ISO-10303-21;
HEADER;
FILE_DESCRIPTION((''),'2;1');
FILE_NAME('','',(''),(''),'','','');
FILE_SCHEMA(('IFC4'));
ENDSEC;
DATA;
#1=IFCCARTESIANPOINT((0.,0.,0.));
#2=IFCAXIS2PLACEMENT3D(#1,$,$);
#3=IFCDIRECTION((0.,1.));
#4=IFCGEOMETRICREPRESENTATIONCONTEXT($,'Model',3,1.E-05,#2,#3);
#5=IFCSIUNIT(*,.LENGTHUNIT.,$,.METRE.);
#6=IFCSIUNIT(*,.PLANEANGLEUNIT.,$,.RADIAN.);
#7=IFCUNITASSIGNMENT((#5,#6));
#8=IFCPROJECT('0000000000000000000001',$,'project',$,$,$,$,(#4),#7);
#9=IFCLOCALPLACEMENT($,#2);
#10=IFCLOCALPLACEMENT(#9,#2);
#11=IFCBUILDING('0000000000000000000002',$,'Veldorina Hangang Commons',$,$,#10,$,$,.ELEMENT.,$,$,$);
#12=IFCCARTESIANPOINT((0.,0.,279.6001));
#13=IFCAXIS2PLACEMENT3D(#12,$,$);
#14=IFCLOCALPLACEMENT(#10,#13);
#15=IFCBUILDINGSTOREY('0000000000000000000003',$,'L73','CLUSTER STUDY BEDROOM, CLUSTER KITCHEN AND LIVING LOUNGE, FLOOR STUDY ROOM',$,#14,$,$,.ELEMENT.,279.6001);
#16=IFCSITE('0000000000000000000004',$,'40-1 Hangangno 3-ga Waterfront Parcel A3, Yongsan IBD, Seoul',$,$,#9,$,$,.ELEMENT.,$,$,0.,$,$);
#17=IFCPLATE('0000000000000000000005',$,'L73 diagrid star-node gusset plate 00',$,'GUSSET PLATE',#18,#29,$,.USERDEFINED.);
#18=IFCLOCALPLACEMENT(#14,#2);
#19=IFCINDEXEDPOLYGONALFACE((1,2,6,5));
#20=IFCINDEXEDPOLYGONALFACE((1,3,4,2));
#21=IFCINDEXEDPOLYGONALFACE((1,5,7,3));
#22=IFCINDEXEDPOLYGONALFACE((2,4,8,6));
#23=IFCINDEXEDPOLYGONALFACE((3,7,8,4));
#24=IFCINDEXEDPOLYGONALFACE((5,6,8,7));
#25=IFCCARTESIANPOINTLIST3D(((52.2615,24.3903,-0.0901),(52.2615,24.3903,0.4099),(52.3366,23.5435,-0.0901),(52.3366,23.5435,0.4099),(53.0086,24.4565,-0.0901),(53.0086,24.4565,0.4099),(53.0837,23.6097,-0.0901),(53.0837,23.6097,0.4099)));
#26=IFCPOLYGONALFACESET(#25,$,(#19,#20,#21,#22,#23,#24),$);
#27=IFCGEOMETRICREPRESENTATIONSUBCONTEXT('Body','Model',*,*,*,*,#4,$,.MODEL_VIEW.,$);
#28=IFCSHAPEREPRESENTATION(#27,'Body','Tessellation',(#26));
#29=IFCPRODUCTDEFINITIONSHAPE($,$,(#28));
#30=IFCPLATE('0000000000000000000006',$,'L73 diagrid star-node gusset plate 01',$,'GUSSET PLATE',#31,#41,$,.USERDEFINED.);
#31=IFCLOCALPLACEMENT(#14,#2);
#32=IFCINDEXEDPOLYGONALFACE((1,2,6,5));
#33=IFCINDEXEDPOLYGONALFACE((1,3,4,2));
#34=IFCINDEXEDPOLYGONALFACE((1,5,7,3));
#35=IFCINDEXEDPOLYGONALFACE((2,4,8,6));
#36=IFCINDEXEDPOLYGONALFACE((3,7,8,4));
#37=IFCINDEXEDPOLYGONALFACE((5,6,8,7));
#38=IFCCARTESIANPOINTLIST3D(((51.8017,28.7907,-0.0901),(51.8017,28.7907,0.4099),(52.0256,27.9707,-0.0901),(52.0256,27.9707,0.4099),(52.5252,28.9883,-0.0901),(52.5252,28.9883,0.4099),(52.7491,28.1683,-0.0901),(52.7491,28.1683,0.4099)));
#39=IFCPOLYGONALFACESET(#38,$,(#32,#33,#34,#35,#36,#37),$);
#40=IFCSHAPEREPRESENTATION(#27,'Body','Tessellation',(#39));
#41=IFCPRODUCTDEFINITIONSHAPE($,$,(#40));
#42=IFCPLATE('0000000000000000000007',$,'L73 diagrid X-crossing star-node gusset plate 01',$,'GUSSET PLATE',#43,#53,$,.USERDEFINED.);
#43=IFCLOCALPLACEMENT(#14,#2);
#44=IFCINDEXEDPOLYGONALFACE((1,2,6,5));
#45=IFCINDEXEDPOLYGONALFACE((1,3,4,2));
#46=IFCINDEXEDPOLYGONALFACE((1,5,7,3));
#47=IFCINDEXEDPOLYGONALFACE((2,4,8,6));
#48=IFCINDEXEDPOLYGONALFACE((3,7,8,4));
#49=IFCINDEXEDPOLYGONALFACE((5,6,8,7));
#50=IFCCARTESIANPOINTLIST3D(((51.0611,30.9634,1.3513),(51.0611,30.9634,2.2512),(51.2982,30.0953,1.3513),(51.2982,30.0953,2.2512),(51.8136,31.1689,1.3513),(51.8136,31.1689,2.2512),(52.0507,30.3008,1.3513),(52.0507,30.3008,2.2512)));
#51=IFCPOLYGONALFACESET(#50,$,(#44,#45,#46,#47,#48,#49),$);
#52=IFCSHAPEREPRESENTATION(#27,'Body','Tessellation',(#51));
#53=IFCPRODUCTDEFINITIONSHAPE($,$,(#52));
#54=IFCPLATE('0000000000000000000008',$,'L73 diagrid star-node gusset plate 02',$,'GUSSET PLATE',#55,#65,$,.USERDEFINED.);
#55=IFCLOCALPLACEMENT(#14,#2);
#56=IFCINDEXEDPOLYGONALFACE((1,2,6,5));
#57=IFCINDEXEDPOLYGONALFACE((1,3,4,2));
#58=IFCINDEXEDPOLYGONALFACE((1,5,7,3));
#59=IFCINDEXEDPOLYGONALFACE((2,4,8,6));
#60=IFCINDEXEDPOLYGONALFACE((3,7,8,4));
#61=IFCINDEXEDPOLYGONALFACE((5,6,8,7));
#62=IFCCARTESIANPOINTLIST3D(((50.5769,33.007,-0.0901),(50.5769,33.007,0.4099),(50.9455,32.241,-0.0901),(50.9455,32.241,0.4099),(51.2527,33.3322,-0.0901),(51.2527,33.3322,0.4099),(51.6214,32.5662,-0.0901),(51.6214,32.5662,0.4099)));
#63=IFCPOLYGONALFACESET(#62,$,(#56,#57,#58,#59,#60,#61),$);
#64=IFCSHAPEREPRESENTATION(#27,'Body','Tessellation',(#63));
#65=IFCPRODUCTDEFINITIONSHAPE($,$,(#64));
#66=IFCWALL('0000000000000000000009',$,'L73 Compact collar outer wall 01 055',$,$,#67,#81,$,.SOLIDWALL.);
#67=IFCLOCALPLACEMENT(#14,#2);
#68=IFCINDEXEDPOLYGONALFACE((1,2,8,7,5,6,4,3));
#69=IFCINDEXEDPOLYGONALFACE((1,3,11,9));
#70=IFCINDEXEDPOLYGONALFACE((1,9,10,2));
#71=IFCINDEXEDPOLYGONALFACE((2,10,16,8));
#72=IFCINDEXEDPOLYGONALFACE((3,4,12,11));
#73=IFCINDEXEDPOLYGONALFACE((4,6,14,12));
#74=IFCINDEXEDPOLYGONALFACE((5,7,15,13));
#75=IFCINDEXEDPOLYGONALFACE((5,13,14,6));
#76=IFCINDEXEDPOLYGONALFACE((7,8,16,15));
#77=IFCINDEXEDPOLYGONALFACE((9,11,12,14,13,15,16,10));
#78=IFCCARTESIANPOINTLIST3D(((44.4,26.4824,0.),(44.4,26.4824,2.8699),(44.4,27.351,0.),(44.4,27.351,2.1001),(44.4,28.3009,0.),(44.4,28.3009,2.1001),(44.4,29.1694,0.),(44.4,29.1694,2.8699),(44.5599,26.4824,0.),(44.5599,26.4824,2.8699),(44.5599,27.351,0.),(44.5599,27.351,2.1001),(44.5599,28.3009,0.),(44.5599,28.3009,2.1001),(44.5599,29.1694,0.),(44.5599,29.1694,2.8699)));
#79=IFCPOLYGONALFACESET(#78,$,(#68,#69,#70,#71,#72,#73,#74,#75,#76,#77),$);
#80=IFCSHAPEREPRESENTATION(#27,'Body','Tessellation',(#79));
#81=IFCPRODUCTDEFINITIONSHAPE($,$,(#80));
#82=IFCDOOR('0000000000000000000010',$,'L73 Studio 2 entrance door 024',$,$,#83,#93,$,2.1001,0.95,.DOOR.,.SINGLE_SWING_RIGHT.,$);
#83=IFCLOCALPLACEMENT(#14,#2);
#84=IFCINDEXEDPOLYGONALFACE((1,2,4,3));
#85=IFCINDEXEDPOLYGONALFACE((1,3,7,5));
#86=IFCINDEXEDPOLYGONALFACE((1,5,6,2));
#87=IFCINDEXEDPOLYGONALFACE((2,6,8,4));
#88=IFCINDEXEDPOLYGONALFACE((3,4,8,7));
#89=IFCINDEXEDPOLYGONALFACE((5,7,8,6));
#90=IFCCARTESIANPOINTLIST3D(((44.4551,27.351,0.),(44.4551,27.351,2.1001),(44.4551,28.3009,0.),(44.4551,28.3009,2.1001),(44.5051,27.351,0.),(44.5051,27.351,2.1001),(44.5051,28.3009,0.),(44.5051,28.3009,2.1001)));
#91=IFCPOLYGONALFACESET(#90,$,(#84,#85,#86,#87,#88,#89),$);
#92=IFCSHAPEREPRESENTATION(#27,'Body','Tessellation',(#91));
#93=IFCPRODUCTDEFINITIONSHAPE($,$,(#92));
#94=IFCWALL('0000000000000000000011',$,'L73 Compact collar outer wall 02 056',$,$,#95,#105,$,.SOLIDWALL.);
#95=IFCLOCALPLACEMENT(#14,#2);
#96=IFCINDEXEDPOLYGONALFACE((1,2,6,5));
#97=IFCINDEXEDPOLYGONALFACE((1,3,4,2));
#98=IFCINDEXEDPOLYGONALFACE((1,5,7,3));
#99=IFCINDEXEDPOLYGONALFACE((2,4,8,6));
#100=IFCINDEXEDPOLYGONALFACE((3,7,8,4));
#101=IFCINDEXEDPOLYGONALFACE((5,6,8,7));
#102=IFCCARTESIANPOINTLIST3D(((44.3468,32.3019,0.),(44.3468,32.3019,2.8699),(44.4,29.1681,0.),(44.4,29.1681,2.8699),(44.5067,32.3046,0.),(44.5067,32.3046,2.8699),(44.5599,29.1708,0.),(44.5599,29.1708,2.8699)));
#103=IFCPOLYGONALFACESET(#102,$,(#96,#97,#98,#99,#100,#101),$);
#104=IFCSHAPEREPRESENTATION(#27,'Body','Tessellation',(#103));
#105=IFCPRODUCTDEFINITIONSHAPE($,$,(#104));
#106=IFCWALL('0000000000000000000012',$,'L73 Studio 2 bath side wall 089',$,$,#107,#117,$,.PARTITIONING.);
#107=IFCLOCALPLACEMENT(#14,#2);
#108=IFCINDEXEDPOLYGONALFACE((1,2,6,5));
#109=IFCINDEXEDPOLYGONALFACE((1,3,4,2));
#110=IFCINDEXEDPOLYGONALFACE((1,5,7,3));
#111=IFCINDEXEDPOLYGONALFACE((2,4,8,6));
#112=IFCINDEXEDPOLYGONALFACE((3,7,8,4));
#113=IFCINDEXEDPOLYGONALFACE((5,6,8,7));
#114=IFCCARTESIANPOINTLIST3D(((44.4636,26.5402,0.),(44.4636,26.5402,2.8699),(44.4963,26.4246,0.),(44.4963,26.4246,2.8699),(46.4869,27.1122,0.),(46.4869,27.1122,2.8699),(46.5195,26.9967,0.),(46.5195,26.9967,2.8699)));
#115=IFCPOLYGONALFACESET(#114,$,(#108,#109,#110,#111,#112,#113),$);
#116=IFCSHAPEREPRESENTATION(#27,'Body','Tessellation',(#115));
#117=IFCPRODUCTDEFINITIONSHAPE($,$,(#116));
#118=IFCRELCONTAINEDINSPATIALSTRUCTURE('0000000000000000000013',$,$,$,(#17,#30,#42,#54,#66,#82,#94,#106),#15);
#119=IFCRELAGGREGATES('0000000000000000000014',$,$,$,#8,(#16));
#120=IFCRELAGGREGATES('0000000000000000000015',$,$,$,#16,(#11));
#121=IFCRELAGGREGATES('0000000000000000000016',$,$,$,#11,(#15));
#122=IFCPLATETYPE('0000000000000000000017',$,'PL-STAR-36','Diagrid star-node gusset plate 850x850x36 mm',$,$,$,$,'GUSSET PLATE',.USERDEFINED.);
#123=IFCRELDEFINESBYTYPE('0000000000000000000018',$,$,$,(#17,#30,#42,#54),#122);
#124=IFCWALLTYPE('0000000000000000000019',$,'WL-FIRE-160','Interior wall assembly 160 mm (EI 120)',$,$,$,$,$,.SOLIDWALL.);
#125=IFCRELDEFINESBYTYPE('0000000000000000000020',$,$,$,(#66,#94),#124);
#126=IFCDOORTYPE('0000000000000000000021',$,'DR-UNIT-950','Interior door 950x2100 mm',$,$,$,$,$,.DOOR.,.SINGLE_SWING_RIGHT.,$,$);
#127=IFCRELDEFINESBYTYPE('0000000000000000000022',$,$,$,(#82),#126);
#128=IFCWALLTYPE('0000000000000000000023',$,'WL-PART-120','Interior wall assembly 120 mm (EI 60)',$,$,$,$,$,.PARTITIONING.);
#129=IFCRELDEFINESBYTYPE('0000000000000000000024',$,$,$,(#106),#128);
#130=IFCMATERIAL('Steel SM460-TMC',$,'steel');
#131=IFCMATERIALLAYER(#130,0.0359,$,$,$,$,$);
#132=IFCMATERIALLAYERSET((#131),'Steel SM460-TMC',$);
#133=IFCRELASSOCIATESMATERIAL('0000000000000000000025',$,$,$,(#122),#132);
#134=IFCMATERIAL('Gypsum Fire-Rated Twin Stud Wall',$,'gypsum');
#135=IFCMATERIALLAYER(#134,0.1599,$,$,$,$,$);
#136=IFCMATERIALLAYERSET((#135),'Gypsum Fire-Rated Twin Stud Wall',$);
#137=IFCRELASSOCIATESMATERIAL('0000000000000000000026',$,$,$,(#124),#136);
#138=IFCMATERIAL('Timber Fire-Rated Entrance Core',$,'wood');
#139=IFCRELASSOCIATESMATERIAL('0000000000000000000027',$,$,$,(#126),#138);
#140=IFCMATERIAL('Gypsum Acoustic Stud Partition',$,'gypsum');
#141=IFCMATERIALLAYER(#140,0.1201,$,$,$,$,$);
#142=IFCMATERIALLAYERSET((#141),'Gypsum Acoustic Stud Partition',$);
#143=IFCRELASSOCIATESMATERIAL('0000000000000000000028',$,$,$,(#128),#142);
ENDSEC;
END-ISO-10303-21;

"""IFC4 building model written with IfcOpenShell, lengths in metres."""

from ifc_helpers import new_model, si_unit, direction, frame, frame_2d, origin, origin_2d, place, context, subcontext, project, spatial, rectangle, extrude, material, layer, layer_set, type_object, element, fill, save


model = new_model("IFC4")

# Units and contexts
model_context = context("Model", 3, precision=1e-05, world=origin(), true_north=direction((0.0, 1.0)))
body_context = subcontext(model_context, "Body", "Model", "MODEL_VIEW")
ifc_project = project(units=[si_unit("LENGTHUNIT", "METRE"), si_unit("PLANEANGLEUNIT", "RADIAN")], contexts=[model_context])

# Site, building, storey
site_placement = place(None, origin())
site = spatial("IfcSite", under=ifc_project, at=site_placement, Name="40-1 Hangangno 3-ga Waterfront Parcel A3, Yongsan IBD, Seoul", CompositionType="ELEMENT", RefElevation=0.0)
building_placement = place(site_placement, origin())
building = spatial("IfcBuilding", under=site, at=building_placement, Name="Veldorina Hangang Commons", CompositionType="ELEMENT")
storey_placement = place(building_placement, frame((0.0, 0.0, 279.6001)))
storey = spatial("IfcBuildingStorey", under=building, at=storey_placement, Name="L73", Description="CLUSTER STUDY BEDROOM, CLUSTER KITCHEN AND LIVING LOUNGE, FLOOR STUDY ROOM", CompositionType="ELEMENT", Elevation=279.6001)

# Plates
ifc_material_1 = material(Name="Steel SM460-TMC", Category="steel")
ifc_layer_1 = layer(ifc_material_1, 0.0359)
ifc_layer_set_1 = layer_set([ifc_layer_1], Name="Steel SM460-TMC")
plate_type_1 = type_object("IfcPlateType", Name="PL-STAR-36", Description="Diagrid star-node gusset plate 850x850x36 mm", ElementType="GUSSET PLATE", PredefinedType="USERDEFINED", material=ifc_layer_set_1)
for number, where, z_axis, x_axis, name in (
    (1, (52.6726, 24.0, -0.0901), (0.0, 0.0, 1.0), (-0.088321, 0.996092, 0.0), "L73 diagrid star-node gusset plate 00"),
    (2, (52.2754, 28.4795, -0.0901), (0.0, 0.0, 1.0), (-0.263469, 0.964668, 0.0), "L73 diagrid star-node gusset plate 01"),
):
    element("IfcPlate", number, at=place(storey_placement, frame(where, z_axis=z_axis, x_axis=x_axis)), inside=storey, type_object=plate_type_1, Name=name, ObjectType="GUSSET PLATE", PredefinedType="USERDEFINED", context=body_context, shape_type="SweptSolid", body=[
        extrude(rectangle(XDim=0.8501, YDim=0.75, at=origin_2d()), origin(), (0.0, 0.0, 1.0), 0.5),
    ])
plate_1_placement = place(storey_placement, frame((51.5559, 30.6321, 1.3513), z_axis=(0.0, 0.0, 1.0), x_axis=(-0.263469, 0.964668, 0.0)))
element("IfcPlate", 3, at=plate_1_placement, inside=storey, type_object=plate_type_1, Name="L73 diagrid X-crossing star-node gusset plate 01", ObjectType="GUSSET PLATE", PredefinedType="USERDEFINED", context=body_context, shape_type="SweptSolid", body=[
    extrude(rectangle(XDim=0.8999, YDim=0.78, at=origin_2d()), origin(), (0.0, 0.0, 1.0), 0.8999),
])
plate_2_placement = place(storey_placement, frame((51.0991, 32.7866, -0.0901), z_axis=(0.0, 0.0, 1.0), x_axis=(-0.433659, 0.901077, 0.0)))
element("IfcPlate", 4, at=plate_2_placement, inside=storey, type_object=plate_type_1, Name="L73 diagrid star-node gusset plate 02", ObjectType="GUSSET PLATE", PredefinedType="USERDEFINED", context=body_context, shape_type="SweptSolid", body=[
    extrude(rectangle(XDim=0.8501, YDim=0.75, at=origin_2d()), origin(), (0.0, 0.0, 1.0), 0.5),
])

# Wall, opening, door
ifc_material_2 = material(Name="Gypsum Fire-Rated Twin Stud Wall", Category="gypsum")
ifc_layer_2 = layer(ifc_material_2, 0.1599)
ifc_layer_set_2 = layer_set([ifc_layer_2], Name="Gypsum Fire-Rated Twin Stud Wall")
wall_type_1 = type_object("IfcWallType", Name="WL-FIRE-160", Description="Interior wall assembly 160 mm (EI 120)", PredefinedType="SOLIDWALL", material=ifc_layer_set_2)
wall_1_placement = place(storey_placement, frame((44.48, 26.4824, 0.0), z_axis=(0.0, 0.0, 1.0), x_axis=(0.0, 1.0, 0.0)))
wall_1 = element("IfcWall", 5, at=wall_1_placement, inside=storey, type_object=wall_type_1, Name="L73 Compact collar outer wall 01 055", PredefinedType="SOLIDWALL", context=body_context, shape_type="SweptSolid", body=[
    extrude(rectangle(XDim=2.687, YDim=0.1599, at=frame_2d((1.3435, 0.0))), origin(), (0.0, 0.0, 1.0), 2.8699),
])
opening_placement = place(wall_1_placement, frame((0.8684, 0.0, 0.0)))
opening = element("IfcOpeningElement", 6, at=opening_placement, cuts=wall_1, PredefinedType="OPENING", context=body_context, shape_type="SweptSolid", body=[
    extrude(rectangle(XDim=0.95, YDim=2.1001, at=frame_2d((0.4751, 1.05))), frame((0.0, 0.0898, 0.0), z_axis=(0.0, -1.0, 0.0), x_axis=(1.0, 0.0, 0.0)), (0.0, 0.0, 1.0), 0.1799),
])
ifc_material_3 = material(Name="Timber Fire-Rated Entrance Core", Category="wood")
door_type = type_object("IfcDoorType", Name="DR-UNIT-950", Description="Interior door 950x2100 mm", OperationType="SINGLE_SWING_RIGHT", PredefinedType="DOOR", material=ifc_material_3)
door_placement = place(opening_placement, origin())
door = element("IfcDoor", 7, at=door_placement, inside=storey, type_object=door_type, Name="L73 Studio 2 entrance door 024", OperationType="SINGLE_SWING_RIGHT", OverallHeight=2.1001, OverallWidth=0.95, PredefinedType="DOOR", context=body_context, shape_type="SweptSolid", body=[
    extrude(rectangle(XDim=0.95, YDim=2.1001, at=frame_2d((0.4751, 1.05))), frame((0.0, 0.0249, 0.0), z_axis=(0.0, -1.0, 0.0), x_axis=(1.0, 0.0, 0.0)), (0.0, 0.0, 1.0), 0.05),
])
fill(opening, door)

# Walls
wall_2_placement = place(storey_placement, frame((44.48, 29.1694, 0.0), z_axis=(0.0, 0.0, 1.0), x_axis=(-0.016981, 0.999856, 0.0)))
element("IfcWall", 8, at=wall_2_placement, inside=storey, type_object=wall_type_1, Name="L73 Compact collar outer wall 02 056", PredefinedType="SOLIDWALL", context=body_context, shape_type="SweptSolid", body=[
    extrude(rectangle(XDim=3.1343, YDim=0.1599, at=frame_2d((1.5671, 0.0))), origin(), (0.0, 0.0, 1.0), 2.8699),
])
ifc_material_4 = material(Name="Gypsum Acoustic Stud Partition", Category="gypsum")
ifc_layer_3 = layer(ifc_material_4, 0.1201)
ifc_layer_set_3 = layer_set([ifc_layer_3], Name="Gypsum Acoustic Stud Partition")
wall_type_2 = type_object("IfcWallType", Name="WL-PART-120", Description="Interior wall assembly 120 mm (EI 60)", PredefinedType="PARTITIONING", material=ifc_layer_set_3)
wall_3_placement = place(storey_placement, frame((44.48, 26.4824, 0.0), z_axis=(0.0, 0.0, 1.0), x_axis=(0.962278, 0.272067, 0.0)))
element("IfcWall", 9, at=wall_3_placement, inside=storey, type_object=wall_type_2, Name="L73 Studio 2 bath side wall 089", PredefinedType="PARTITIONING", context=body_context, shape_type="SweptSolid", body=[
    extrude(rectangle(XDim=2.1025, YDim=0.1201, at=frame_2d((1.0513, 0.0))), origin(), (0.0, 0.0, 1.0), 2.8699),
])

save(model, "model.ifc")
